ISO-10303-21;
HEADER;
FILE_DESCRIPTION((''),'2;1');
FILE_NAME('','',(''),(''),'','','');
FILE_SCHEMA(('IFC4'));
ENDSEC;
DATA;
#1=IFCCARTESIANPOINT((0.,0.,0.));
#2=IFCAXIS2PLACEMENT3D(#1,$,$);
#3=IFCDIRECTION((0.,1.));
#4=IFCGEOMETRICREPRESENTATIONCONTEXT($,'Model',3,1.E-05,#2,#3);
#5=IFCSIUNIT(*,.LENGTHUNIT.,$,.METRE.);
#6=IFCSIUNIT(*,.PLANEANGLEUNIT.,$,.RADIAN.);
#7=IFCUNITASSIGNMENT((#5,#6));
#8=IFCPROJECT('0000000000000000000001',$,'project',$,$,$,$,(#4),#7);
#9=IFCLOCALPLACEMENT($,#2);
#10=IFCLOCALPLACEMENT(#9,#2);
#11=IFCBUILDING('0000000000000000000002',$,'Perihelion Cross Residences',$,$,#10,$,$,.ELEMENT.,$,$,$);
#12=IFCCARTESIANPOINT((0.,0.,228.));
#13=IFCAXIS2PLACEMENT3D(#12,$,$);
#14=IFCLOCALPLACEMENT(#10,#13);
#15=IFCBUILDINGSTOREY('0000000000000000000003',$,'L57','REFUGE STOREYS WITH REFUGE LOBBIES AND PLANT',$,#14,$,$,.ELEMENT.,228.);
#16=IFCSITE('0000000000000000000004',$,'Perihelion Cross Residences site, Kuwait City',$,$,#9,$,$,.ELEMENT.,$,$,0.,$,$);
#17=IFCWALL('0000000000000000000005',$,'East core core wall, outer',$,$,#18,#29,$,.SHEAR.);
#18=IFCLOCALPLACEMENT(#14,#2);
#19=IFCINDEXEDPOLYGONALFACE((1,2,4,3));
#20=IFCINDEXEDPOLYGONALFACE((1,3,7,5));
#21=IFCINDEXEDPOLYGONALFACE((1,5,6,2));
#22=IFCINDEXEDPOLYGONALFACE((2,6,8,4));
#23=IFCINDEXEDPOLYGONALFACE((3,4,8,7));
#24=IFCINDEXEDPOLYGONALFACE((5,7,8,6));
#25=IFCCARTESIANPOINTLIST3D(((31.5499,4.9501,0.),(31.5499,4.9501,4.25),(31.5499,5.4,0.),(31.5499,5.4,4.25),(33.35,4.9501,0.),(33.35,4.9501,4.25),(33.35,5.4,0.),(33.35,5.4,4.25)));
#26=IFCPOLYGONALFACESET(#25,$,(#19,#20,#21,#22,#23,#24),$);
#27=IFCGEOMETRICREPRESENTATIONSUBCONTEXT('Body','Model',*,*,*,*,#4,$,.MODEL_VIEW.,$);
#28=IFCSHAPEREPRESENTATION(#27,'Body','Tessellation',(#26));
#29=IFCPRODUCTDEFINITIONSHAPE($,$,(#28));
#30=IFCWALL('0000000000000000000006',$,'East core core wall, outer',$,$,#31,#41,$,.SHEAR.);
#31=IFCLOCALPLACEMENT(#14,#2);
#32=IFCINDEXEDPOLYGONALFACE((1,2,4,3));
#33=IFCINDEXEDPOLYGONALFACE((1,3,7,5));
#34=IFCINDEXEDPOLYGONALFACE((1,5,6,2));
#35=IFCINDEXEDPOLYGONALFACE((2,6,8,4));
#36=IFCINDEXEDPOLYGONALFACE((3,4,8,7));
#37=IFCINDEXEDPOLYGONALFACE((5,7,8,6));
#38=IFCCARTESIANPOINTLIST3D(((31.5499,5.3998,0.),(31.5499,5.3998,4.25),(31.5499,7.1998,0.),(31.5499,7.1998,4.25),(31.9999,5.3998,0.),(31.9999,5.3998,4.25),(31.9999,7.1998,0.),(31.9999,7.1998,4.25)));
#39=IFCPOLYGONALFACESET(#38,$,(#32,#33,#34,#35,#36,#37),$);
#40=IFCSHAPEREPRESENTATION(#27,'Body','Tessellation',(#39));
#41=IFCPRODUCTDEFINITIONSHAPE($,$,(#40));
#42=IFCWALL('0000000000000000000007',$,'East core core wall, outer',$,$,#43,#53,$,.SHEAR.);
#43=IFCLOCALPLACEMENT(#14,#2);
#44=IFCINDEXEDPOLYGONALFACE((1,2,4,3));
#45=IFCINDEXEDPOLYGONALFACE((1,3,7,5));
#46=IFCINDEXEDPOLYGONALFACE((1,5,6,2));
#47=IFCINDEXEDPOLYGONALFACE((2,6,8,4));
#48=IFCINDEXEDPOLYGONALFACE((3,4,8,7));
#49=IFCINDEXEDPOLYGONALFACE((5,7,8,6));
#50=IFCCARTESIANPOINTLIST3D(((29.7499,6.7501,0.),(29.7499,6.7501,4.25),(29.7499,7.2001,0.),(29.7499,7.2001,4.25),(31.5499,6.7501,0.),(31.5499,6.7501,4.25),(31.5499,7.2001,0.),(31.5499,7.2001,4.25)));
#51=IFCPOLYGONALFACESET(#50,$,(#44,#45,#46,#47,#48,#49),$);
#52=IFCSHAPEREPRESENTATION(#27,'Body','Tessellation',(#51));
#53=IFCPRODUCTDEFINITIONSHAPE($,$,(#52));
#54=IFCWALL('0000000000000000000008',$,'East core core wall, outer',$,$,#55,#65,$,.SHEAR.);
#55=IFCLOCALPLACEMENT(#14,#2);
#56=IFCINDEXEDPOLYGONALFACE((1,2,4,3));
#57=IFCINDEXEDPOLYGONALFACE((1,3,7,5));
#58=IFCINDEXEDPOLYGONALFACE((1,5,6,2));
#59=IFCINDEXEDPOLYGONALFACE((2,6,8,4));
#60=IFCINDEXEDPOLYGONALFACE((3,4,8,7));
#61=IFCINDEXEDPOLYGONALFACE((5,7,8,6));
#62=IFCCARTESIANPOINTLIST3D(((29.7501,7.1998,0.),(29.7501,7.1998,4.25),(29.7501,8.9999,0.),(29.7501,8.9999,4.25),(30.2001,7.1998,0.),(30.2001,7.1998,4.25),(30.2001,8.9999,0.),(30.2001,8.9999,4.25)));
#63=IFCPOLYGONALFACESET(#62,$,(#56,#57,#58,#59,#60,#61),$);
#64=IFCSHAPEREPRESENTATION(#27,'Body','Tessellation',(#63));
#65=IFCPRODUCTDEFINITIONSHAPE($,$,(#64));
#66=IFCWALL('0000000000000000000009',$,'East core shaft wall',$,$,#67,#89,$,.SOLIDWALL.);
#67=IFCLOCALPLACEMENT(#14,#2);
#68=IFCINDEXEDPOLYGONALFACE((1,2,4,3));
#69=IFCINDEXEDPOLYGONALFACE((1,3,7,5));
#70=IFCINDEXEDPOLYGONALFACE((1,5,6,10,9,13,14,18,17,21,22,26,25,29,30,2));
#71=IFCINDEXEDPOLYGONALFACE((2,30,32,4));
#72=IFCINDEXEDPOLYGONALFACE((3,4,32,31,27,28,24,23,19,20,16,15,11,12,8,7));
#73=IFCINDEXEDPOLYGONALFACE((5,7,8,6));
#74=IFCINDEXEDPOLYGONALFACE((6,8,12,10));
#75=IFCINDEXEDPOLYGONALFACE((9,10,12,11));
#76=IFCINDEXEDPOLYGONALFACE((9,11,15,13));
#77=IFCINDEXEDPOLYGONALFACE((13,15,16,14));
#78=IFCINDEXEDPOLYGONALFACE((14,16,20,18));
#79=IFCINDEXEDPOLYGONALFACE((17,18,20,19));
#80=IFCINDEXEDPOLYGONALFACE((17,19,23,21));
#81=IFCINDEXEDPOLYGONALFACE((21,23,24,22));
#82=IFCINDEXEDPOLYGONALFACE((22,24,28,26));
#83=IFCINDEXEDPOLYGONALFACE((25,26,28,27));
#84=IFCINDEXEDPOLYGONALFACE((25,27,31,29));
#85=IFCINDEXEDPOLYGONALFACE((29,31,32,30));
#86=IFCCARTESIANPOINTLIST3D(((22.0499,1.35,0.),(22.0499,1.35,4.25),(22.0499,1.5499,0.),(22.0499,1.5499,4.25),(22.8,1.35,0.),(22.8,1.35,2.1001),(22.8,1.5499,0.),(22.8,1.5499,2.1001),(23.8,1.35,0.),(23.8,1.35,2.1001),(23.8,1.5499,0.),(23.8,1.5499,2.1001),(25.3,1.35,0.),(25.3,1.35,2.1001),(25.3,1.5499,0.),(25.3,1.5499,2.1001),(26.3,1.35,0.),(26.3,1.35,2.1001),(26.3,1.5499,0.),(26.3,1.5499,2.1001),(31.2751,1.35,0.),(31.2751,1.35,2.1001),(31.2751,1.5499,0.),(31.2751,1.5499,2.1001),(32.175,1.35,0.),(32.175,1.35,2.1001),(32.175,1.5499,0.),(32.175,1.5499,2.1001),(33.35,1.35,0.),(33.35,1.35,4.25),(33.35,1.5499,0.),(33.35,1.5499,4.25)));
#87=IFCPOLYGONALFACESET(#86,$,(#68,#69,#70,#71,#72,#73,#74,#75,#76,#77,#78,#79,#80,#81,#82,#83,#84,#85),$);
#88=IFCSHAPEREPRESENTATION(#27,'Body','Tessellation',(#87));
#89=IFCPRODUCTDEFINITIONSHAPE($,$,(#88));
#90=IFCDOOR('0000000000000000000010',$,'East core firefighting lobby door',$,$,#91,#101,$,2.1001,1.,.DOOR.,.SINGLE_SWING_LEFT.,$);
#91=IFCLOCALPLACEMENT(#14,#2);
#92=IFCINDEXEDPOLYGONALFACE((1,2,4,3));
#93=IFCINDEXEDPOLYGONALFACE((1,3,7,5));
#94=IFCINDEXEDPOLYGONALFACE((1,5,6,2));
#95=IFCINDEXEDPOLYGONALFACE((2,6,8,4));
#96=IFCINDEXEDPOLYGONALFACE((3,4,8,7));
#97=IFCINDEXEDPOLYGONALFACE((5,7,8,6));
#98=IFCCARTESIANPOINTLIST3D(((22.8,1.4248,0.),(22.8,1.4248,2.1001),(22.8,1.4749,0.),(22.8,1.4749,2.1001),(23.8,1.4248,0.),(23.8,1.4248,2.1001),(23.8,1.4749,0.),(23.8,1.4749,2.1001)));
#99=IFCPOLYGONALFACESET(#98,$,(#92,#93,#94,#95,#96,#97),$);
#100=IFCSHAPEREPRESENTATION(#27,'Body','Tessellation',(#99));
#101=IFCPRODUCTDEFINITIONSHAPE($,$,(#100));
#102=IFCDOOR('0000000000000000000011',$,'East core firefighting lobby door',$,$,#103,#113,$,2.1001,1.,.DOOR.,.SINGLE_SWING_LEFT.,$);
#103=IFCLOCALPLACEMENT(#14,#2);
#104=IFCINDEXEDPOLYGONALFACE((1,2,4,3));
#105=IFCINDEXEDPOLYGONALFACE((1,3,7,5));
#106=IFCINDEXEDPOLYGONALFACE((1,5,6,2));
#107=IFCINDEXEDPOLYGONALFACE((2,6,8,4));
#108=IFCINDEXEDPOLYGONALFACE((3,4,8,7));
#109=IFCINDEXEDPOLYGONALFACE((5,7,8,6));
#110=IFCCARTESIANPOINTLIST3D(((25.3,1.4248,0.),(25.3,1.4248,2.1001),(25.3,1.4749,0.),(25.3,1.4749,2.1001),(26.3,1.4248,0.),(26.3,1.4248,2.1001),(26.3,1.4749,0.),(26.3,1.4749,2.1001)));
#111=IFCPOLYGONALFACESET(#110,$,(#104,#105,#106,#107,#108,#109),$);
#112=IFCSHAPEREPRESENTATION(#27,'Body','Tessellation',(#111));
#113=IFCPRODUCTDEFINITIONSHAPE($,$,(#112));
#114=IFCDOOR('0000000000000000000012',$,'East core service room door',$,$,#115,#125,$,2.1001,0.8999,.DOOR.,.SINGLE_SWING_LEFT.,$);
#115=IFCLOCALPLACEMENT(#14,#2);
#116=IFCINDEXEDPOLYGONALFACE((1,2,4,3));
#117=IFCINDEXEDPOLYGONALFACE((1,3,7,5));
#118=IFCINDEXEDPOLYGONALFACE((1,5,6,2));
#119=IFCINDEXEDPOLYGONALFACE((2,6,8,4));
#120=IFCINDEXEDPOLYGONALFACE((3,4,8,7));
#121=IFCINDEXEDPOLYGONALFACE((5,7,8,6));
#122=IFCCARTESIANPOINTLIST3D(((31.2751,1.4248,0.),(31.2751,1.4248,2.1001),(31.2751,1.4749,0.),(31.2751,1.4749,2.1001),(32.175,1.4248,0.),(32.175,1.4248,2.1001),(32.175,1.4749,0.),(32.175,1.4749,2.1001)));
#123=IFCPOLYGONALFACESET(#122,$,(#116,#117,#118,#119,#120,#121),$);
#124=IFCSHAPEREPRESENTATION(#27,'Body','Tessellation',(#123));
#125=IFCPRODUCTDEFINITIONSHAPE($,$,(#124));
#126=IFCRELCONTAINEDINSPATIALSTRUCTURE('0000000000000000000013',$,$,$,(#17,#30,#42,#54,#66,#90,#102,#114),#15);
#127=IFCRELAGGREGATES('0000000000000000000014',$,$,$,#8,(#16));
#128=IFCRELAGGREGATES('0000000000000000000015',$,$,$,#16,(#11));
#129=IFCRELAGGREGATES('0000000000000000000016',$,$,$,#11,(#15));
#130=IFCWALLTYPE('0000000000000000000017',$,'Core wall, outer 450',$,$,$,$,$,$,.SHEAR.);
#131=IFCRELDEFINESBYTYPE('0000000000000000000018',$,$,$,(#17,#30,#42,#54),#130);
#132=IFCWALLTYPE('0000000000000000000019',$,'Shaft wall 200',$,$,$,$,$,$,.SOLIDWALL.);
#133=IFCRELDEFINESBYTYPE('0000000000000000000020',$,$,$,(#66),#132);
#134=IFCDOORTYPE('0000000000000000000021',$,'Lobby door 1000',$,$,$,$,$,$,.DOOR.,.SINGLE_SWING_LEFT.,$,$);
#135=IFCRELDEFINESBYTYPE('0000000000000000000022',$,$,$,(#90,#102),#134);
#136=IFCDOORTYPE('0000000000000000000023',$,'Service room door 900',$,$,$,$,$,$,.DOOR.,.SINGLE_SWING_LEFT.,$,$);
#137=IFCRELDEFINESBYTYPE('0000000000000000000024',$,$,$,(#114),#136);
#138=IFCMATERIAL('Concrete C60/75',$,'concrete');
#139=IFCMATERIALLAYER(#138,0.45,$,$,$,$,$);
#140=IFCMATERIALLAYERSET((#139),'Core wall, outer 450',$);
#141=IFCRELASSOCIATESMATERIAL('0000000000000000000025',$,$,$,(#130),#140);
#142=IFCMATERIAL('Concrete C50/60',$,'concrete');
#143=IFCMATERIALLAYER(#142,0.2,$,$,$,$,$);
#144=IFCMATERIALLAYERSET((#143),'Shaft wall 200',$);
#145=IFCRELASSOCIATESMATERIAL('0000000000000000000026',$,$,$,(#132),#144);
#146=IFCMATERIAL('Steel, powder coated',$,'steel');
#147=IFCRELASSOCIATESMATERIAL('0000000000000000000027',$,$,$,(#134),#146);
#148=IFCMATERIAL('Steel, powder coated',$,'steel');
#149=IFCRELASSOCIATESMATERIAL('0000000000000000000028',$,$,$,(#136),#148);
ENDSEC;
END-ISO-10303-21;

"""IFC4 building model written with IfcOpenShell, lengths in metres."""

from ifc_helpers import new_model, si_unit, direction, frame, frame_2d, origin, place, context, subcontext, project, spatial, rectangle, extrude, material, layer, layer_set, type_object, element, fill, save


model = new_model("IFC4")

# Units and contexts
model_context = context("Model", 3, precision=1e-05, world=origin(), true_north=direction((0.0, 1.0)))
body_context = subcontext(model_context, "Body", "Model", "MODEL_VIEW")
ifc_project = project(units=[si_unit("LENGTHUNIT", "METRE"), si_unit("PLANEANGLEUNIT", "RADIAN")], contexts=[model_context])

# Site, building, storey
site_placement = place(None, origin())
site = spatial("IfcSite", under=ifc_project, at=site_placement, Name="Perihelion Cross Residences site, Kuwait City", CompositionType="ELEMENT", RefElevation=0.0)
building_placement = place(site_placement, origin())
building = spatial("IfcBuilding", under=site, at=building_placement, Name="Perihelion Cross Residences", CompositionType="ELEMENT")
storey_placement = place(building_placement, frame((0.0, 0.0, 228.0)))
storey = spatial("IfcBuildingStorey", under=building, at=storey_placement, Name="L57", Description="REFUGE STOREYS WITH REFUGE LOBBIES AND PLANT", CompositionType="ELEMENT", Elevation=228.0)

# Walls
ifc_material_1 = material(Name="Concrete C60/75", Category="concrete")
ifc_layer_1 = layer(ifc_material_1, 0.45)
ifc_layer_set_1 = layer_set([ifc_layer_1], Name="Core wall, outer 450")
wall_type_1 = type_object("IfcWallType", Name="Core wall, outer 450", PredefinedType="SHEAR", material=ifc_layer_set_1)
for number, where, z_axis, x_axis, name in (
    (1, (31.55, 5.175, 0.0), (0.0, 0.0, 1.0), (1.0, 0.0, 0.0), "East core core wall, outer"),
    (2, (31.7749, 5.3999, 0.0), (0.0, 0.0, 1.0), (0.0, 1.0, 0.0), "East core core wall, outer"),
    (3, (29.75, 6.9751, 0.0), (0.0, 0.0, 1.0), (1.0, 0.0, 0.0), "East core core wall, outer"),
    (4, (29.9751, 7.2, 0.0), (0.0, 0.0, 1.0), (0.0, 1.0, 0.0), "East core core wall, outer"),
):
    element("IfcWall", number, at=place(storey_placement, frame(where, z_axis=z_axis, x_axis=x_axis)), inside=storey, type_object=wall_type_1, Name=name, PredefinedType="SHEAR", context=body_context, shape_type="SweptSolid", body=[
        extrude(rectangle(XDim=1.8, YDim=0.45, at=frame_2d((0.8999, 0.0))), origin(), (0.0, 0.0, 1.0), 4.25),
    ])

# Wall, openings, doors
ifc_material_2 = material(Name="Concrete C50/60", Category="concrete")
ifc_layer_2 = layer(ifc_material_2, 0.2)
ifc_layer_set_2 = layer_set([ifc_layer_2], Name="Shaft wall 200")
wall_type_2 = type_object("IfcWallType", Name="Shaft wall 200", PredefinedType="SOLIDWALL", material=ifc_layer_set_2)
wall_1_placement = place(storey_placement, frame((22.05, 1.45, 0.0), z_axis=(0.0, 0.0, 1.0), x_axis=(1.0, 0.0, 0.0)))
wall_1 = element("IfcWall", 5, at=wall_1_placement, inside=storey, type_object=wall_type_2, Name="East core shaft wall", PredefinedType="SOLIDWALL", context=body_context, shape_type="SweptSolid", body=[
    extrude(rectangle(XDim=11.3, YDim=0.2, at=frame_2d((5.6499, 0.0))), origin(), (0.0, 0.0, 1.0), 4.25),
])
opening_1_placement = place(wall_1_placement, frame((0.75, 0.0, 0.0)))
opening_1 = element("IfcOpeningElement", 6, at=opening_1_placement, cuts=wall_1, PredefinedType="OPENING", context=body_context, shape_type="SweptSolid", body=[
    extrude(rectangle(XDim=1.0, YDim=2.1001, at=frame_2d((0.5, 1.05))), frame((0.0, 0.1099, 0.0), z_axis=(0.0, -1.0, 0.0), x_axis=(1.0, 0.0, 0.0)), (0.0, 0.0, 1.0), 0.22),
])
opening_2_placement = place(wall_1_placement, frame((3.25, 0.0, 0.0)))
opening_2 = element("IfcOpeningElement", 7, at=opening_2_placement, cuts=wall_1, PredefinedType="OPENING", context=body_context, shape_type="SweptSolid", body=[
    extrude(rectangle(XDim=1.0, YDim=2.1001, at=frame_2d((0.5, 1.05))), frame((0.0, 0.1099, 0.0), z_axis=(0.0, -1.0, 0.0), x_axis=(1.0, 0.0, 0.0)), (0.0, 0.0, 1.0), 0.22),
])
opening_3_placement = place(wall_1_placement, frame((9.2251, 0.0, 0.0)))
opening_3 = element("IfcOpeningElement", 8, at=opening_3_placement, cuts=wall_1, PredefinedType="OPENING", context=body_context, shape_type="SweptSolid", body=[
    extrude(rectangle(XDim=0.8999, YDim=2.1001, at=frame_2d((0.45, 1.05))), frame((0.0, 0.1099, 0.0), z_axis=(0.0, -1.0, 0.0), x_axis=(1.0, 0.0, 0.0)), (0.0, 0.0, 1.0), 0.22),
])
ifc_material_3 = material(Name="Steel, powder coated", Category="steel")
door_type_1 = type_object("IfcDoorType", Name="Lobby door 1000", OperationType="SINGLE_SWING_LEFT", PredefinedType="DOOR", material=ifc_material_3)
door_1_placement = place(opening_1_placement, origin())
door_1 = element("IfcDoor", 9, at=door_1_placement, inside=storey, type_object=door_type_1, Name="East core firefighting lobby door", OperationType="SINGLE_SWING_LEFT", OverallHeight=2.1001, OverallWidth=1.0, PredefinedType="DOOR", context=body_context, shape_type="SweptSolid", body=[
    extrude(rectangle(XDim=1.0, YDim=2.1001, at=frame_2d((0.5, 1.05))), frame((0.0, 0.0249, 0.0), z_axis=(0.0, -1.0, 0.0), x_axis=(1.0, 0.0, 0.0)), (0.0, 0.0, 1.0), 0.05),
])
fill(opening_1, door_1)
door_2_placement = place(opening_2_placement, origin())
door_2 = element("IfcDoor", 10, at=door_2_placement, inside=storey, type_object=door_type_1, Name="East core firefighting lobby door", OperationType="SINGLE_SWING_LEFT", OverallHeight=2.1001, OverallWidth=1.0, PredefinedType="DOOR", context=body_context, shape_type="SweptSolid", body=[
    extrude(rectangle(XDim=1.0, YDim=2.1001, at=frame_2d((0.5, 1.05))), frame((0.0, 0.0249, 0.0), z_axis=(0.0, -1.0, 0.0), x_axis=(1.0, 0.0, 0.0)), (0.0, 0.0, 1.0), 0.05),
])
fill(opening_2, door_2)
ifc_material_4 = material(Name="Steel, powder coated", Category="steel")
door_type_2 = type_object("IfcDoorType", Name="Service room door 900", OperationType="SINGLE_SWING_LEFT", PredefinedType="DOOR", material=ifc_material_4)
door_3_placement = place(opening_3_placement, origin())
door_3 = element("IfcDoor", 11, at=door_3_placement, inside=storey, type_object=door_type_2, Name="East core service room door", OperationType="SINGLE_SWING_LEFT", OverallHeight=2.1001, OverallWidth=0.8999, PredefinedType="DOOR", context=body_context, shape_type="SweptSolid", body=[
    extrude(rectangle(XDim=0.8999, YDim=2.1001, at=frame_2d((0.45, 1.05))), frame((0.0, 0.0249, 0.0), z_axis=(0.0, -1.0, 0.0), x_axis=(1.0, 0.0, 0.0)), (0.0, 0.0, 1.0), 0.05),
])
fill(opening_3, door_3)

save(model, "model.ifc")
